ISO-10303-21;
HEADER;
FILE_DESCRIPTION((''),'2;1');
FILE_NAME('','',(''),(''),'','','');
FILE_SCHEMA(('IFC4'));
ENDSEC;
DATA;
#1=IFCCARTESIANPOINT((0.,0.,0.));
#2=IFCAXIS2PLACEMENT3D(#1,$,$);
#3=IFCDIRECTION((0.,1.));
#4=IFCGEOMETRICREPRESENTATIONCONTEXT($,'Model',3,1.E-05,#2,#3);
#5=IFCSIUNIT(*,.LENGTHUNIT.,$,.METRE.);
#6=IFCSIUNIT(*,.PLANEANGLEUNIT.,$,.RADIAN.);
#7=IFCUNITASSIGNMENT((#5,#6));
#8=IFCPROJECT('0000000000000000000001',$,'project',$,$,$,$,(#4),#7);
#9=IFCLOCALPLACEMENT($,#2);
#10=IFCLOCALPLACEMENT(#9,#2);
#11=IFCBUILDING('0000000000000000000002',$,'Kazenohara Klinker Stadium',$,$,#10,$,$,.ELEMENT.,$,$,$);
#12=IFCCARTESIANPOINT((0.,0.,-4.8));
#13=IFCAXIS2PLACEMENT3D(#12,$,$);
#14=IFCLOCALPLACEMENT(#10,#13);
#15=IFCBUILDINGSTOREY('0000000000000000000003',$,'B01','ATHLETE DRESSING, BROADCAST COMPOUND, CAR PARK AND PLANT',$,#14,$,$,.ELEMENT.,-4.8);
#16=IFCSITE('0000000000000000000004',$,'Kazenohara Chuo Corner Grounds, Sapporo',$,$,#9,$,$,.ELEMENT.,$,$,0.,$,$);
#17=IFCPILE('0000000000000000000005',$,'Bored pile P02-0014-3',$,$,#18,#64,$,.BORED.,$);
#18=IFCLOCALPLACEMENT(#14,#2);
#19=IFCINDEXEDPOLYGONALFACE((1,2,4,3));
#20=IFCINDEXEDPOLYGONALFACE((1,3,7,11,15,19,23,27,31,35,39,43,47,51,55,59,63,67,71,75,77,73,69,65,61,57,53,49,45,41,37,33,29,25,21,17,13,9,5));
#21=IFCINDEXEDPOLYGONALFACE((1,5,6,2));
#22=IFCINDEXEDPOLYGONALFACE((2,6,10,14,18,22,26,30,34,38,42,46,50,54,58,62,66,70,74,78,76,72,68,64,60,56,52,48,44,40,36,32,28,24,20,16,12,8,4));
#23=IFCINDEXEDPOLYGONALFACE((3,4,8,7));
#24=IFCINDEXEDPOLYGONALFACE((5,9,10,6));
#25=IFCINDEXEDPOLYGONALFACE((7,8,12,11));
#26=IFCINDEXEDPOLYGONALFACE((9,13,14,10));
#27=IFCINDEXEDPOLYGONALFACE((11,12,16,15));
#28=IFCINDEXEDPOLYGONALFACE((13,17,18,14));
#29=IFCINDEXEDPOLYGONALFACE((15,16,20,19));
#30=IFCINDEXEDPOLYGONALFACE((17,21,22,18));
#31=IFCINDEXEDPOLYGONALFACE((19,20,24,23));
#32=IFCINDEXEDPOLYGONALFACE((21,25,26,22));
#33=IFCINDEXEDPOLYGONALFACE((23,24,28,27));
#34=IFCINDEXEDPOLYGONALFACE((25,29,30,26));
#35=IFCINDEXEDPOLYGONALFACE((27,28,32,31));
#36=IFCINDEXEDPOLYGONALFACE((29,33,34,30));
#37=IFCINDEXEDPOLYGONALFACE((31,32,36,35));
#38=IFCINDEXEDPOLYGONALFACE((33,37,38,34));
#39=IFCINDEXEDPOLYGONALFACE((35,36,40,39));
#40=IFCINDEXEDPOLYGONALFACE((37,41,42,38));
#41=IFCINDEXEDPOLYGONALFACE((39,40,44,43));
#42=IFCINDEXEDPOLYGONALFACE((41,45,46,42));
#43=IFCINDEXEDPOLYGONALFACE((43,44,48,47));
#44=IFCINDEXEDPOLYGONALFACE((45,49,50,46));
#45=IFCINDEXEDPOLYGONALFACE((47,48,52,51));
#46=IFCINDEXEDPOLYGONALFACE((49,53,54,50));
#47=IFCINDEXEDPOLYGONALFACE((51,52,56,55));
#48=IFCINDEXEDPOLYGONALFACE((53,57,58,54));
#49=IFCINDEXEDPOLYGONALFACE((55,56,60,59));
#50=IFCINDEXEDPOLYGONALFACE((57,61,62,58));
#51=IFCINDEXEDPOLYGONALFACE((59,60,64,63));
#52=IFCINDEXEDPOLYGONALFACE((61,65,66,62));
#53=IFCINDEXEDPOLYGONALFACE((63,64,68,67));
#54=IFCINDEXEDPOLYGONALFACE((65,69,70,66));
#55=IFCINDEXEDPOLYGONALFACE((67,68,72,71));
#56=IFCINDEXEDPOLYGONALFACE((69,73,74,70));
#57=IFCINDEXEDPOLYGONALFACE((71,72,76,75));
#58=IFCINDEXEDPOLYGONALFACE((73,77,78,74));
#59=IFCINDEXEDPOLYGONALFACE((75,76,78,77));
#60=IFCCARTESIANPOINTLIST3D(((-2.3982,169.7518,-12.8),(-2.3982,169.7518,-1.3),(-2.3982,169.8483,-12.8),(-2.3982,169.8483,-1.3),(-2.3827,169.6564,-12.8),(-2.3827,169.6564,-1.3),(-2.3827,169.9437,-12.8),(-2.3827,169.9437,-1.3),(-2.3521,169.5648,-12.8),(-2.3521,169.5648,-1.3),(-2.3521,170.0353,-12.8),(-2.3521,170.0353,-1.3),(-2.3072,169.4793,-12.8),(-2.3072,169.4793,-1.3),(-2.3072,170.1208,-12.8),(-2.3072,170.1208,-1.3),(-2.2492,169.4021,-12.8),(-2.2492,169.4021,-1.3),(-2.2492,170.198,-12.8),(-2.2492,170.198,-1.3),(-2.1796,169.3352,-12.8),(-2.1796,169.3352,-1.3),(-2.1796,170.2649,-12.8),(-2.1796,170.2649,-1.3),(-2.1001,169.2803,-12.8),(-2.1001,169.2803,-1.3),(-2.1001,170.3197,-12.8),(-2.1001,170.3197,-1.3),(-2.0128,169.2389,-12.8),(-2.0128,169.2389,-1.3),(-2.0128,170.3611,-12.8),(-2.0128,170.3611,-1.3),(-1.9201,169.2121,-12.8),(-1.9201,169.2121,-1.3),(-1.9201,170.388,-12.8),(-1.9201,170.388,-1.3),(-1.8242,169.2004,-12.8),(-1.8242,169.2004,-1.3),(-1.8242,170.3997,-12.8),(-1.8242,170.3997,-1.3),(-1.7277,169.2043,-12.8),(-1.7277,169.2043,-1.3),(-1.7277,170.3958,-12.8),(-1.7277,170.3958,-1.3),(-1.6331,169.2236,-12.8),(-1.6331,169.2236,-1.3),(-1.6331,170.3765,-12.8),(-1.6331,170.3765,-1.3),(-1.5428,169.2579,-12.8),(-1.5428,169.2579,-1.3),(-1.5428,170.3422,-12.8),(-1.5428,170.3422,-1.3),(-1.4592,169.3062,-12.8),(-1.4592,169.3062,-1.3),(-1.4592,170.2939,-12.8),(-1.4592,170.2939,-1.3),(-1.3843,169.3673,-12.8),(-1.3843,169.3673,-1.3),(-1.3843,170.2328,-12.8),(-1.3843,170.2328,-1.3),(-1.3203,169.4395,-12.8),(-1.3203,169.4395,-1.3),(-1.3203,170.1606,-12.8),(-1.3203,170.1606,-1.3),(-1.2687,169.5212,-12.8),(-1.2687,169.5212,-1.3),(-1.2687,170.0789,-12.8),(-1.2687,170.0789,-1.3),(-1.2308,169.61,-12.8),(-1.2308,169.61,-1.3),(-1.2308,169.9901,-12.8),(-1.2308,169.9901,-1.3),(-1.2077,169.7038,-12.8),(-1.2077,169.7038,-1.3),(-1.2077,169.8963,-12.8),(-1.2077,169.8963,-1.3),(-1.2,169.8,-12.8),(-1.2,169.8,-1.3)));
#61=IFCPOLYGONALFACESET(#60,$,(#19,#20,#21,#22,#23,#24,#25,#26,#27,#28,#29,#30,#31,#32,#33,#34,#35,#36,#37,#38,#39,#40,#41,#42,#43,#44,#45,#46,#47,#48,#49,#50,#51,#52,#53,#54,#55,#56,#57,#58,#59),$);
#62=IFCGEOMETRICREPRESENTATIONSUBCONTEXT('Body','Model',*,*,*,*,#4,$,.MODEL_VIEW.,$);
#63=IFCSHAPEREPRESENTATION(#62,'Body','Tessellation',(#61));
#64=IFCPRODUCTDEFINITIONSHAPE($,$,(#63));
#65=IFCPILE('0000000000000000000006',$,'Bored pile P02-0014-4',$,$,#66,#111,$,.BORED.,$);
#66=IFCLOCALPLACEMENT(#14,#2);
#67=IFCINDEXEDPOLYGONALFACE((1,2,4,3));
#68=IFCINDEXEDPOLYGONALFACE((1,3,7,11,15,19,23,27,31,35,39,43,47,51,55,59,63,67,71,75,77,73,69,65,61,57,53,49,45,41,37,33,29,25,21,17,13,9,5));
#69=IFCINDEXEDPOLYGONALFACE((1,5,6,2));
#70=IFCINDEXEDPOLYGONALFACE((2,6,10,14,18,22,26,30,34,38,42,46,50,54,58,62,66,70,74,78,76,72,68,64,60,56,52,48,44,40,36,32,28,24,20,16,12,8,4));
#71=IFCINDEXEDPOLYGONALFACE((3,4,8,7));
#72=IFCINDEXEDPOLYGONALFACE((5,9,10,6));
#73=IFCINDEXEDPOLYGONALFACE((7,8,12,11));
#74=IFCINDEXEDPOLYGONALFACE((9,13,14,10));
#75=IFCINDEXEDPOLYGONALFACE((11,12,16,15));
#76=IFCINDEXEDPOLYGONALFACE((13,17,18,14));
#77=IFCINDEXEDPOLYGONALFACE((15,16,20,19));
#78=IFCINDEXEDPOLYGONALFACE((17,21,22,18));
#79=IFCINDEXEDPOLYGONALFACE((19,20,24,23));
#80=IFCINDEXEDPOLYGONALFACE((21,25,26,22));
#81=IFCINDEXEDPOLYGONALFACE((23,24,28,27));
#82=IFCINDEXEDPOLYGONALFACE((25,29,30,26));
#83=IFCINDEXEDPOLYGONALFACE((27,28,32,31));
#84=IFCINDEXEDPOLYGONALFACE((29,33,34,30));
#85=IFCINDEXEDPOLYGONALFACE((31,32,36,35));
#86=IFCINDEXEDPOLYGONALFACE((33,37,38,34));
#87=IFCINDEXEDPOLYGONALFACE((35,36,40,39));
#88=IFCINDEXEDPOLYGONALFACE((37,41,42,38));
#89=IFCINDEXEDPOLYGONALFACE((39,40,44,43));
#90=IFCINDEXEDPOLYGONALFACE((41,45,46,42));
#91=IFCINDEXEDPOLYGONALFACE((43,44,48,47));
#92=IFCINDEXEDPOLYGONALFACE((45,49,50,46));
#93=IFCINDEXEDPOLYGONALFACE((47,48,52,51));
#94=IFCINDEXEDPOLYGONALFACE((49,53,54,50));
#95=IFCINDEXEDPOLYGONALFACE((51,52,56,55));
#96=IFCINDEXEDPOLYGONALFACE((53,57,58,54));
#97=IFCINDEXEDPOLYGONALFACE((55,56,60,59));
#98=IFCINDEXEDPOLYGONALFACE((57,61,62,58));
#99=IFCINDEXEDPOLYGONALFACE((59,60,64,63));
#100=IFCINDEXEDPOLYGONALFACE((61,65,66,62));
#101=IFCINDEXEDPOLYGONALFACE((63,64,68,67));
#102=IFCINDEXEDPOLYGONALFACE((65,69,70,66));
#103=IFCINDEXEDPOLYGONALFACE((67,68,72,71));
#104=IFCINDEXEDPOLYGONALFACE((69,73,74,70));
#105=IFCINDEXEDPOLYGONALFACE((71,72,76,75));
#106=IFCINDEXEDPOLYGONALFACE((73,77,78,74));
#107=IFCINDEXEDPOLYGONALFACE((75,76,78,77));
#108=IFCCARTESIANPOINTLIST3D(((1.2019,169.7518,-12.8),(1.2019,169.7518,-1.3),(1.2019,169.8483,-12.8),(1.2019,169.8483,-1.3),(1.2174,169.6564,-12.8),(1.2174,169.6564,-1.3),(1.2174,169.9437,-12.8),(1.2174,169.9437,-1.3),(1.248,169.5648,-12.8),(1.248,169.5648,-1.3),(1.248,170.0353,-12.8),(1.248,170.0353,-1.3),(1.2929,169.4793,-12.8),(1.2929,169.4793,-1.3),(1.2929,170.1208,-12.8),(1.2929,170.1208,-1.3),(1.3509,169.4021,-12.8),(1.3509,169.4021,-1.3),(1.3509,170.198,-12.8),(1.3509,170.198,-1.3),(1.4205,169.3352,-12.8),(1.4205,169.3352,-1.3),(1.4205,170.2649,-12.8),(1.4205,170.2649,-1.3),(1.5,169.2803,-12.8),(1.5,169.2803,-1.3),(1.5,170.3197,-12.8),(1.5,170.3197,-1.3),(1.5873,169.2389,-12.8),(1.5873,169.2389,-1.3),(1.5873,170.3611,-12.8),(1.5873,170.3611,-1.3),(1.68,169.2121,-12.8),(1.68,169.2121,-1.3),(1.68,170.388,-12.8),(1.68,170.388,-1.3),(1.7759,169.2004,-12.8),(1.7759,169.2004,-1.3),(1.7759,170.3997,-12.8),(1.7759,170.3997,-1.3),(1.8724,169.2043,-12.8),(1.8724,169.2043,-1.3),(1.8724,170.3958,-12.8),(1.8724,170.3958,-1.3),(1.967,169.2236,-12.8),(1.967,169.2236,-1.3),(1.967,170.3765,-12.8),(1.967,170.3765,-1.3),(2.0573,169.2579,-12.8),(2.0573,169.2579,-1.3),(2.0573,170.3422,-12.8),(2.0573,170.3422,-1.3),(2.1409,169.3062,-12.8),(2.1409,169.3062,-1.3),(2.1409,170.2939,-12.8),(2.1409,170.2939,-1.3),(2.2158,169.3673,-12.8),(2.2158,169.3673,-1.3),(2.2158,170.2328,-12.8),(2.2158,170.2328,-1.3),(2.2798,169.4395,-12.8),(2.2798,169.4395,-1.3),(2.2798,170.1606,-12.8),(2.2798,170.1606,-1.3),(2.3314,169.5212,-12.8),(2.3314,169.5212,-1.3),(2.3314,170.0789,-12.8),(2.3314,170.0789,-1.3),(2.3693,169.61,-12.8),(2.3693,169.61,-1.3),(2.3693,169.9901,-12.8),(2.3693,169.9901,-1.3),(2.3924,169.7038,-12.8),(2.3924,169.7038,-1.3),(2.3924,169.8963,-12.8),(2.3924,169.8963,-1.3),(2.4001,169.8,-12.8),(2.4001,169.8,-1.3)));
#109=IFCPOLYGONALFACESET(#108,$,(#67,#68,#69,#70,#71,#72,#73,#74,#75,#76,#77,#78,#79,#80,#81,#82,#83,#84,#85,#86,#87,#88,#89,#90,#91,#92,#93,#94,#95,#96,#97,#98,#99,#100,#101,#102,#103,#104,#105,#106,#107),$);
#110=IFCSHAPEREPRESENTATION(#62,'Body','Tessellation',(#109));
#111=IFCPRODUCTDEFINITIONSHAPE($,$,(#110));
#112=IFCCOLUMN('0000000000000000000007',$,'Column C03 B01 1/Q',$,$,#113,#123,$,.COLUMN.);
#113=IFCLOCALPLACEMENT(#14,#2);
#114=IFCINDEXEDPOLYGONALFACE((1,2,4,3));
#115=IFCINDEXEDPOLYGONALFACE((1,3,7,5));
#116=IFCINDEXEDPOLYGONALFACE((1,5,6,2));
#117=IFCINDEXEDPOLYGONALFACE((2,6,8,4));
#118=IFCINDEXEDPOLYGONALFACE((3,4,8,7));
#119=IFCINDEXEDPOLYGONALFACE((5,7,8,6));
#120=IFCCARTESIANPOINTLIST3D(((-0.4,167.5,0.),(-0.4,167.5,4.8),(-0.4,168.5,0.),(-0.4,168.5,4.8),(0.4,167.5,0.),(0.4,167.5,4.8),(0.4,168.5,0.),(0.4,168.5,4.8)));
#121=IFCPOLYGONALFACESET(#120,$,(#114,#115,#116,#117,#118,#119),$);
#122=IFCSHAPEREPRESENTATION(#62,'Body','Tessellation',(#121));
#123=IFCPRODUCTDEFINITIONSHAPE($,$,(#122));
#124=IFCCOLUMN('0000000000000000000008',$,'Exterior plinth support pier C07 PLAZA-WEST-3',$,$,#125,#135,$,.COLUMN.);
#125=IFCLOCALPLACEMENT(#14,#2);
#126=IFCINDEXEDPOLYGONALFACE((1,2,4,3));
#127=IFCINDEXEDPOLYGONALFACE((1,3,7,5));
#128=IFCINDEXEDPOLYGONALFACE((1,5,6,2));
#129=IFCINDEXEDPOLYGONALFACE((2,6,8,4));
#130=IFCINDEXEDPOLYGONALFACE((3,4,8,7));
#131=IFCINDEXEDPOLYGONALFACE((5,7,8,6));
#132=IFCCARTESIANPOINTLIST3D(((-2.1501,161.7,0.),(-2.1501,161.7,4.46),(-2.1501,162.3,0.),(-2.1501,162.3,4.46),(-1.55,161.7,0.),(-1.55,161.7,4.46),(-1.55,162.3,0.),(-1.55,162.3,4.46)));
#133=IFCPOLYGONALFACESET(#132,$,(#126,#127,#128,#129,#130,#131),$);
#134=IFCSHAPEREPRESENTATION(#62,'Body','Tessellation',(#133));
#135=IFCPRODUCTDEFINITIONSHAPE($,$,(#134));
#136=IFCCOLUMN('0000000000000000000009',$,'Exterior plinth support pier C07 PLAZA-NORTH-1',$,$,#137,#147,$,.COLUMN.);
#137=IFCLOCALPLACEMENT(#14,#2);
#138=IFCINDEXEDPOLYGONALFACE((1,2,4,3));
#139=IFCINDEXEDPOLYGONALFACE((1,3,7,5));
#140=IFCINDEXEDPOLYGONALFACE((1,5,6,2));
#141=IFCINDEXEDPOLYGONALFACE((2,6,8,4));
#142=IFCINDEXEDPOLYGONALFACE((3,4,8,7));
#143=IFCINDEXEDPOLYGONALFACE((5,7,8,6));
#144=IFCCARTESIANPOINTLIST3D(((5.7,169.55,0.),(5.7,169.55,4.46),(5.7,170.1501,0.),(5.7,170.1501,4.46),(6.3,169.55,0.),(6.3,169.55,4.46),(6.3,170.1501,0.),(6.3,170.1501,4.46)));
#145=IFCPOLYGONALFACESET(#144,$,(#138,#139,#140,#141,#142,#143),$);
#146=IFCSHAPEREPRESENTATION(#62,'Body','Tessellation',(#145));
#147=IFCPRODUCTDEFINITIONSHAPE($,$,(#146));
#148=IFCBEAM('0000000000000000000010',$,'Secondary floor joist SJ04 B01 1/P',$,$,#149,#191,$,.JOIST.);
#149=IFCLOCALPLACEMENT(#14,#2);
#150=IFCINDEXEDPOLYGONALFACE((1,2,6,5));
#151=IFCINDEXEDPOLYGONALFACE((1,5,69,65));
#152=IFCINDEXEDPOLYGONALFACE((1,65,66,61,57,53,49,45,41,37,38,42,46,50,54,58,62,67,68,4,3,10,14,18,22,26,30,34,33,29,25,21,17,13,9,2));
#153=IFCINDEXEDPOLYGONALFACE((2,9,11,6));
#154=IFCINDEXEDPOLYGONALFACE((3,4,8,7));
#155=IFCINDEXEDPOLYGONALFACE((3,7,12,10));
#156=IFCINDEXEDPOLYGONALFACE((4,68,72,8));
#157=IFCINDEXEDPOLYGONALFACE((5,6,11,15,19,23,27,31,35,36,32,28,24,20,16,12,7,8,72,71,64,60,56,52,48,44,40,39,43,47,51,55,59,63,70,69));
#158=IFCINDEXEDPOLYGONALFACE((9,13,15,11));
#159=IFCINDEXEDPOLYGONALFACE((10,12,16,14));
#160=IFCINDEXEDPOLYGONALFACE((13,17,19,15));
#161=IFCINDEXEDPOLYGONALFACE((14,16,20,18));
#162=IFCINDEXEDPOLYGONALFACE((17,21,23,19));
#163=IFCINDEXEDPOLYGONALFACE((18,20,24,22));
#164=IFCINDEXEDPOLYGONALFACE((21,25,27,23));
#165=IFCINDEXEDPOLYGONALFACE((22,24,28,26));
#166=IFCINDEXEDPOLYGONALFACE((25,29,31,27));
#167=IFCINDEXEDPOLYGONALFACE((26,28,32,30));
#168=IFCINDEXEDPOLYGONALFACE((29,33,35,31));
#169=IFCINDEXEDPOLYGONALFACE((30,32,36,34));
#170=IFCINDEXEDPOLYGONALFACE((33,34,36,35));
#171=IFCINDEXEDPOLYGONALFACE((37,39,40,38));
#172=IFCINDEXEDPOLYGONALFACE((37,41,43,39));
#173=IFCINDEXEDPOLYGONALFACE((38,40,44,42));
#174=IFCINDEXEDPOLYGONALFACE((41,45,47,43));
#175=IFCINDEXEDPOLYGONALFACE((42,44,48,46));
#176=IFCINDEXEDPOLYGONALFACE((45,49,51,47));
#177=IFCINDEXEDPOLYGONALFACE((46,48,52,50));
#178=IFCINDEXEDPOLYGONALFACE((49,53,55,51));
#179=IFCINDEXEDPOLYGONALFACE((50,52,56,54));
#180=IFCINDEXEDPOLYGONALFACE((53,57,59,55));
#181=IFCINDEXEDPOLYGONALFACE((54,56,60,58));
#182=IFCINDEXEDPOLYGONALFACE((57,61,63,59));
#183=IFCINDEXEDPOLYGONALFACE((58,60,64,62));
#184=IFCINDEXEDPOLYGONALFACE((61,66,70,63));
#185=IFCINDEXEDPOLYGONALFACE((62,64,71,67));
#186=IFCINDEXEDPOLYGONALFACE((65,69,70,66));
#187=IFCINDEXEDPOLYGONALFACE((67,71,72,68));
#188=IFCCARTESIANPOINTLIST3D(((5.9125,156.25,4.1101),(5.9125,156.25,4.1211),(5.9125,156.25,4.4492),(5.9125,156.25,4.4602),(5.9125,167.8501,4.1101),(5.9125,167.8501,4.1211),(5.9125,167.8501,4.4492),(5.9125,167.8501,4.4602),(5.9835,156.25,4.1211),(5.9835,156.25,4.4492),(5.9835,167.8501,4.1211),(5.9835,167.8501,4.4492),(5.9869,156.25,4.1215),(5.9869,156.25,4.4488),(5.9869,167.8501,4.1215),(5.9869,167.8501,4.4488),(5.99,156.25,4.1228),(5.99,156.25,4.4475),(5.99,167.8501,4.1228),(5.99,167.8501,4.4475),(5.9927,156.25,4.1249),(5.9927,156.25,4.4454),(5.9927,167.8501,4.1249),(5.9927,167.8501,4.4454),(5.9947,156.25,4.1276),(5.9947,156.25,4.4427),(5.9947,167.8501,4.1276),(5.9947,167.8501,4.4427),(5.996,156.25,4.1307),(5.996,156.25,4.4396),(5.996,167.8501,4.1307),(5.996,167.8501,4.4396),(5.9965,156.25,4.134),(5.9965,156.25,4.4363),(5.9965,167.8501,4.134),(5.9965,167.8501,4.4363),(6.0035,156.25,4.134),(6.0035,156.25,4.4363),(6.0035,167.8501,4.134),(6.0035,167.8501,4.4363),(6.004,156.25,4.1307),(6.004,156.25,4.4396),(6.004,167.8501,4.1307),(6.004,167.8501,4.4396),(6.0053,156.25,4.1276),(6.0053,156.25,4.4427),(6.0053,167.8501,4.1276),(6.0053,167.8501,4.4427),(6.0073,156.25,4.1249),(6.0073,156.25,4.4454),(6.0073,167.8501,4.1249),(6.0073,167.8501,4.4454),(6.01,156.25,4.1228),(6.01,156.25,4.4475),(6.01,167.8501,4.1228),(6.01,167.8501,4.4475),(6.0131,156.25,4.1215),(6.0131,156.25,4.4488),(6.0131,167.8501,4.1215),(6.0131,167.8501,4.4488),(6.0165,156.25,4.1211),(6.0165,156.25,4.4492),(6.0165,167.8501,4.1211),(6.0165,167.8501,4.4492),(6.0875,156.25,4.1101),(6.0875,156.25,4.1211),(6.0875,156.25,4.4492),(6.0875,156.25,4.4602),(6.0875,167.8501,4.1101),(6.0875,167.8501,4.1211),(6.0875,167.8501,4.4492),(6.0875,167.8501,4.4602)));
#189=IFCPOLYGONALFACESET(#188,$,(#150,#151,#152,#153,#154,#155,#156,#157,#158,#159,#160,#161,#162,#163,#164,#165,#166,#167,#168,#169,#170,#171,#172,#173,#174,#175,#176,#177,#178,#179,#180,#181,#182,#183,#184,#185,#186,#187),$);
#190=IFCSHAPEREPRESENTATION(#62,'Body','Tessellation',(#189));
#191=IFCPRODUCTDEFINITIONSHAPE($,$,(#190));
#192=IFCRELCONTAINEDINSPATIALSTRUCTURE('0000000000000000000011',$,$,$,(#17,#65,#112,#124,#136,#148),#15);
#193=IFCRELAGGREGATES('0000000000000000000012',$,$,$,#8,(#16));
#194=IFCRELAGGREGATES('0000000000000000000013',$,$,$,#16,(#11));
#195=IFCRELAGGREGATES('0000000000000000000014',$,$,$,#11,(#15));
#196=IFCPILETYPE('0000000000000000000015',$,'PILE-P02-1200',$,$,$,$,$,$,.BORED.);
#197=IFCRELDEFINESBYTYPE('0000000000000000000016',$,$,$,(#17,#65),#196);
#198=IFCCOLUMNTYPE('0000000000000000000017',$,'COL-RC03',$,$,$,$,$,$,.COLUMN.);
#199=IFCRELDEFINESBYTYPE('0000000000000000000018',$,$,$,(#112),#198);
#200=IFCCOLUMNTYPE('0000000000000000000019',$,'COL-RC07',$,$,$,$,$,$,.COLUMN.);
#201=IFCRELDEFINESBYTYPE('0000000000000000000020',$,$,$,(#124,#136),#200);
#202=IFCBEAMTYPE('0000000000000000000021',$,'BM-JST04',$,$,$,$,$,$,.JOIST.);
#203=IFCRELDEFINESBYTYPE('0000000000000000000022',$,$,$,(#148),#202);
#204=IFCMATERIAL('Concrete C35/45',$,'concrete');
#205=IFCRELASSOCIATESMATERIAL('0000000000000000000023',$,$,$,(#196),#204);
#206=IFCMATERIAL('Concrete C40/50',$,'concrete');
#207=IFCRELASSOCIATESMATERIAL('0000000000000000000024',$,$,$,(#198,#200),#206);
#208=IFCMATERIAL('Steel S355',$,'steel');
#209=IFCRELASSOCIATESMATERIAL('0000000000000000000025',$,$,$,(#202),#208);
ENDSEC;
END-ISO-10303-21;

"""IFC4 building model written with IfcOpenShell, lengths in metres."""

from ifc_helpers import new_model, si_unit, direction, frame, origin, origin_2d, place, context, subcontext, project, spatial, rectangle, circle, i_section, extrude, material, material_profile, profile_set, type_object, element, save


model = new_model("IFC4")

# Units and contexts
model_context = context("Model", 3, precision=1e-05, world=origin(), true_north=direction((0.0, 1.0)))
body_context = subcontext(model_context, "Body", "Model", "MODEL_VIEW")
ifc_project = project(units=[si_unit("LENGTHUNIT", "METRE"), si_unit("PLANEANGLEUNIT", "RADIAN")], contexts=[model_context])

# Site, building, storey
site_placement = place(None, origin())
site = spatial("IfcSite", under=ifc_project, at=site_placement, Name="Kazenohara Chuo Corner Grounds, Sapporo", CompositionType="ELEMENT", RefElevation=0.0)
building_placement = place(site_placement, origin())
building = spatial("IfcBuilding", under=site, at=building_placement, Name="Kazenohara Klinker Stadium", CompositionType="ELEMENT")
storey_placement = place(building_placement, frame((0.0, 0.0, -4.8)))
storey = spatial("IfcBuildingStorey", under=building, at=storey_placement, Name="B01", Description="ATHLETE DRESSING, BROADCAST COMPOUND, CAR PARK AND PLANT", CompositionType="ELEMENT", Elevation=-4.8)

# Shared definitions
ifc_material_1 = material(Name="Concrete C35/45", Category="concrete")

# Piles
ifc_material_profile_1 = material_profile(ifc_material_1, circle(Radius=0.6001, at=origin_2d()), Name="BORED-PILE-1200")
ifc_profile_set_1 = profile_set([ifc_material_profile_1], Name="Concrete C35/45")
pile_type_1 = type_object("IfcPileType", Name="PILE-P02-1200", PredefinedType="BORED", material=ifc_profile_set_1)
for number, where, z_axis, x_axis, name in (
    (1, (-1.8, 169.8, -1.3), (0.0, 0.0, -1.0), (1.0, 0.0, 0.0), "Bored pile P02-0014-3"),
    (2, (1.8, 169.8, -1.3), (0.0, 0.0, -1.0), (1.0, 0.0, 0.0), "Bored pile P02-0014-4"),
):
    element("IfcPile", number, at=place(storey_placement, frame(where, z_axis=z_axis, x_axis=x_axis)), inside=storey, type_object=pile_type_1, Name=name, PredefinedType="BORED", context=body_context, shape_type="SweptSolid", body=[
        extrude(circle(Radius=0.6001, at=origin_2d()), origin(), (0.0, 0.0, 1.0), 11.5),
    ])

# Columns
ifc_material_2 = material(Name="Concrete C40/50", Category="concrete")
ifc_material_profile_2 = material_profile(ifc_material_2, rectangle(XDim=0.8, YDim=1.0, at=origin_2d()), Name="RC-COL-1000x800")
ifc_profile_set_2 = profile_set([ifc_material_profile_2], Name="Concrete C40/50")
column_type_1 = type_object("IfcColumnType", Name="COL-RC03", PredefinedType="COLUMN", material=ifc_profile_set_2)
column_placement = place(storey_placement, frame((0.0, 168.0, 0.0), z_axis=(0.0, 0.0, 1.0), x_axis=(1.0, 0.0, 0.0)))
element("IfcColumn", 3, at=column_placement, inside=storey, type_object=column_type_1, Name="Column C03 B01 1/Q", PredefinedType="COLUMN", context=body_context, shape_type="SweptSolid", body=[
    extrude(rectangle(XDim=0.8, YDim=1.0, at=origin_2d()), origin(), (0.0, 0.0, 1.0), 4.8),
])
ifc_material_profile_3 = material_profile(ifc_material_2, rectangle(XDim=0.6001, YDim=0.6001, at=origin_2d()), Name="RC-COL-600x600")
ifc_profile_set_3 = profile_set([ifc_material_profile_3], Name="Concrete C40/50")
column_type_2 = type_object("IfcColumnType", Name="COL-RC07", PredefinedType="COLUMN", material=ifc_profile_set_3)
for number, where, z_axis, x_axis, name in (
    (4, (-1.8501, 162.0, 0.0), (0.0, 0.0, 1.0), (1.0, 0.0, 0.0), "Exterior plinth support pier C07 PLAZA-WEST-3"),
    (5, (6.0, 169.8501, 0.0), (0.0, 0.0, 1.0), (1.0, 0.0, 0.0), "Exterior plinth support pier C07 PLAZA-NORTH-1"),
):
    element("IfcColumn", number, at=place(storey_placement, frame(where, z_axis=z_axis, x_axis=x_axis)), inside=storey, type_object=column_type_2, Name=name, PredefinedType="COLUMN", context=body_context, shape_type="SweptSolid", body=[
        extrude(rectangle(XDim=0.6001, YDim=0.6001, at=origin_2d()), origin(), (0.0, 0.0, 1.0), 4.46),
    ])

# Beam
ifc_material_3 = material(Name="Steel S355", Category="steel")
ifc_material_profile_4 = material_profile(ifc_material_3, i_section(OverallWidth=0.175, OverallDepth=0.3501, WebThickness=0.0071, FlangeThickness=0.011, FilletRadius=0.0129, at=origin_2d()), Name="H-350x175x7x11")
ifc_profile_set_4 = profile_set([ifc_material_profile_4], Name="Steel S355")
beam_type_1 = type_object("IfcBeamType", Name="BM-JST04", PredefinedType="JOIST", material=ifc_profile_set_4)
beam_1_placement = place(storey_placement, frame((6.0, 156.25, 4.2852), z_axis=(0.0, 1.0, 0.0), x_axis=(-1.0, 0.0, 0.0)))
element("IfcBeam", 6, at=beam_1_placement, inside=storey, type_object=beam_type_1, Name="Secondary floor joist SJ04 B01 1/P", PredefinedType="JOIST", context=body_context, shape_type="SweptSolid", body=[
    extrude(i_section(OverallWidth=0.175, OverallDepth=0.3501, WebThickness=0.0071, FlangeThickness=0.011, FilletRadius=0.0129, at=origin_2d()), origin(), (0.0, 0.0, 1.0), 11.6001),
])

save(model, "model.ifc")
